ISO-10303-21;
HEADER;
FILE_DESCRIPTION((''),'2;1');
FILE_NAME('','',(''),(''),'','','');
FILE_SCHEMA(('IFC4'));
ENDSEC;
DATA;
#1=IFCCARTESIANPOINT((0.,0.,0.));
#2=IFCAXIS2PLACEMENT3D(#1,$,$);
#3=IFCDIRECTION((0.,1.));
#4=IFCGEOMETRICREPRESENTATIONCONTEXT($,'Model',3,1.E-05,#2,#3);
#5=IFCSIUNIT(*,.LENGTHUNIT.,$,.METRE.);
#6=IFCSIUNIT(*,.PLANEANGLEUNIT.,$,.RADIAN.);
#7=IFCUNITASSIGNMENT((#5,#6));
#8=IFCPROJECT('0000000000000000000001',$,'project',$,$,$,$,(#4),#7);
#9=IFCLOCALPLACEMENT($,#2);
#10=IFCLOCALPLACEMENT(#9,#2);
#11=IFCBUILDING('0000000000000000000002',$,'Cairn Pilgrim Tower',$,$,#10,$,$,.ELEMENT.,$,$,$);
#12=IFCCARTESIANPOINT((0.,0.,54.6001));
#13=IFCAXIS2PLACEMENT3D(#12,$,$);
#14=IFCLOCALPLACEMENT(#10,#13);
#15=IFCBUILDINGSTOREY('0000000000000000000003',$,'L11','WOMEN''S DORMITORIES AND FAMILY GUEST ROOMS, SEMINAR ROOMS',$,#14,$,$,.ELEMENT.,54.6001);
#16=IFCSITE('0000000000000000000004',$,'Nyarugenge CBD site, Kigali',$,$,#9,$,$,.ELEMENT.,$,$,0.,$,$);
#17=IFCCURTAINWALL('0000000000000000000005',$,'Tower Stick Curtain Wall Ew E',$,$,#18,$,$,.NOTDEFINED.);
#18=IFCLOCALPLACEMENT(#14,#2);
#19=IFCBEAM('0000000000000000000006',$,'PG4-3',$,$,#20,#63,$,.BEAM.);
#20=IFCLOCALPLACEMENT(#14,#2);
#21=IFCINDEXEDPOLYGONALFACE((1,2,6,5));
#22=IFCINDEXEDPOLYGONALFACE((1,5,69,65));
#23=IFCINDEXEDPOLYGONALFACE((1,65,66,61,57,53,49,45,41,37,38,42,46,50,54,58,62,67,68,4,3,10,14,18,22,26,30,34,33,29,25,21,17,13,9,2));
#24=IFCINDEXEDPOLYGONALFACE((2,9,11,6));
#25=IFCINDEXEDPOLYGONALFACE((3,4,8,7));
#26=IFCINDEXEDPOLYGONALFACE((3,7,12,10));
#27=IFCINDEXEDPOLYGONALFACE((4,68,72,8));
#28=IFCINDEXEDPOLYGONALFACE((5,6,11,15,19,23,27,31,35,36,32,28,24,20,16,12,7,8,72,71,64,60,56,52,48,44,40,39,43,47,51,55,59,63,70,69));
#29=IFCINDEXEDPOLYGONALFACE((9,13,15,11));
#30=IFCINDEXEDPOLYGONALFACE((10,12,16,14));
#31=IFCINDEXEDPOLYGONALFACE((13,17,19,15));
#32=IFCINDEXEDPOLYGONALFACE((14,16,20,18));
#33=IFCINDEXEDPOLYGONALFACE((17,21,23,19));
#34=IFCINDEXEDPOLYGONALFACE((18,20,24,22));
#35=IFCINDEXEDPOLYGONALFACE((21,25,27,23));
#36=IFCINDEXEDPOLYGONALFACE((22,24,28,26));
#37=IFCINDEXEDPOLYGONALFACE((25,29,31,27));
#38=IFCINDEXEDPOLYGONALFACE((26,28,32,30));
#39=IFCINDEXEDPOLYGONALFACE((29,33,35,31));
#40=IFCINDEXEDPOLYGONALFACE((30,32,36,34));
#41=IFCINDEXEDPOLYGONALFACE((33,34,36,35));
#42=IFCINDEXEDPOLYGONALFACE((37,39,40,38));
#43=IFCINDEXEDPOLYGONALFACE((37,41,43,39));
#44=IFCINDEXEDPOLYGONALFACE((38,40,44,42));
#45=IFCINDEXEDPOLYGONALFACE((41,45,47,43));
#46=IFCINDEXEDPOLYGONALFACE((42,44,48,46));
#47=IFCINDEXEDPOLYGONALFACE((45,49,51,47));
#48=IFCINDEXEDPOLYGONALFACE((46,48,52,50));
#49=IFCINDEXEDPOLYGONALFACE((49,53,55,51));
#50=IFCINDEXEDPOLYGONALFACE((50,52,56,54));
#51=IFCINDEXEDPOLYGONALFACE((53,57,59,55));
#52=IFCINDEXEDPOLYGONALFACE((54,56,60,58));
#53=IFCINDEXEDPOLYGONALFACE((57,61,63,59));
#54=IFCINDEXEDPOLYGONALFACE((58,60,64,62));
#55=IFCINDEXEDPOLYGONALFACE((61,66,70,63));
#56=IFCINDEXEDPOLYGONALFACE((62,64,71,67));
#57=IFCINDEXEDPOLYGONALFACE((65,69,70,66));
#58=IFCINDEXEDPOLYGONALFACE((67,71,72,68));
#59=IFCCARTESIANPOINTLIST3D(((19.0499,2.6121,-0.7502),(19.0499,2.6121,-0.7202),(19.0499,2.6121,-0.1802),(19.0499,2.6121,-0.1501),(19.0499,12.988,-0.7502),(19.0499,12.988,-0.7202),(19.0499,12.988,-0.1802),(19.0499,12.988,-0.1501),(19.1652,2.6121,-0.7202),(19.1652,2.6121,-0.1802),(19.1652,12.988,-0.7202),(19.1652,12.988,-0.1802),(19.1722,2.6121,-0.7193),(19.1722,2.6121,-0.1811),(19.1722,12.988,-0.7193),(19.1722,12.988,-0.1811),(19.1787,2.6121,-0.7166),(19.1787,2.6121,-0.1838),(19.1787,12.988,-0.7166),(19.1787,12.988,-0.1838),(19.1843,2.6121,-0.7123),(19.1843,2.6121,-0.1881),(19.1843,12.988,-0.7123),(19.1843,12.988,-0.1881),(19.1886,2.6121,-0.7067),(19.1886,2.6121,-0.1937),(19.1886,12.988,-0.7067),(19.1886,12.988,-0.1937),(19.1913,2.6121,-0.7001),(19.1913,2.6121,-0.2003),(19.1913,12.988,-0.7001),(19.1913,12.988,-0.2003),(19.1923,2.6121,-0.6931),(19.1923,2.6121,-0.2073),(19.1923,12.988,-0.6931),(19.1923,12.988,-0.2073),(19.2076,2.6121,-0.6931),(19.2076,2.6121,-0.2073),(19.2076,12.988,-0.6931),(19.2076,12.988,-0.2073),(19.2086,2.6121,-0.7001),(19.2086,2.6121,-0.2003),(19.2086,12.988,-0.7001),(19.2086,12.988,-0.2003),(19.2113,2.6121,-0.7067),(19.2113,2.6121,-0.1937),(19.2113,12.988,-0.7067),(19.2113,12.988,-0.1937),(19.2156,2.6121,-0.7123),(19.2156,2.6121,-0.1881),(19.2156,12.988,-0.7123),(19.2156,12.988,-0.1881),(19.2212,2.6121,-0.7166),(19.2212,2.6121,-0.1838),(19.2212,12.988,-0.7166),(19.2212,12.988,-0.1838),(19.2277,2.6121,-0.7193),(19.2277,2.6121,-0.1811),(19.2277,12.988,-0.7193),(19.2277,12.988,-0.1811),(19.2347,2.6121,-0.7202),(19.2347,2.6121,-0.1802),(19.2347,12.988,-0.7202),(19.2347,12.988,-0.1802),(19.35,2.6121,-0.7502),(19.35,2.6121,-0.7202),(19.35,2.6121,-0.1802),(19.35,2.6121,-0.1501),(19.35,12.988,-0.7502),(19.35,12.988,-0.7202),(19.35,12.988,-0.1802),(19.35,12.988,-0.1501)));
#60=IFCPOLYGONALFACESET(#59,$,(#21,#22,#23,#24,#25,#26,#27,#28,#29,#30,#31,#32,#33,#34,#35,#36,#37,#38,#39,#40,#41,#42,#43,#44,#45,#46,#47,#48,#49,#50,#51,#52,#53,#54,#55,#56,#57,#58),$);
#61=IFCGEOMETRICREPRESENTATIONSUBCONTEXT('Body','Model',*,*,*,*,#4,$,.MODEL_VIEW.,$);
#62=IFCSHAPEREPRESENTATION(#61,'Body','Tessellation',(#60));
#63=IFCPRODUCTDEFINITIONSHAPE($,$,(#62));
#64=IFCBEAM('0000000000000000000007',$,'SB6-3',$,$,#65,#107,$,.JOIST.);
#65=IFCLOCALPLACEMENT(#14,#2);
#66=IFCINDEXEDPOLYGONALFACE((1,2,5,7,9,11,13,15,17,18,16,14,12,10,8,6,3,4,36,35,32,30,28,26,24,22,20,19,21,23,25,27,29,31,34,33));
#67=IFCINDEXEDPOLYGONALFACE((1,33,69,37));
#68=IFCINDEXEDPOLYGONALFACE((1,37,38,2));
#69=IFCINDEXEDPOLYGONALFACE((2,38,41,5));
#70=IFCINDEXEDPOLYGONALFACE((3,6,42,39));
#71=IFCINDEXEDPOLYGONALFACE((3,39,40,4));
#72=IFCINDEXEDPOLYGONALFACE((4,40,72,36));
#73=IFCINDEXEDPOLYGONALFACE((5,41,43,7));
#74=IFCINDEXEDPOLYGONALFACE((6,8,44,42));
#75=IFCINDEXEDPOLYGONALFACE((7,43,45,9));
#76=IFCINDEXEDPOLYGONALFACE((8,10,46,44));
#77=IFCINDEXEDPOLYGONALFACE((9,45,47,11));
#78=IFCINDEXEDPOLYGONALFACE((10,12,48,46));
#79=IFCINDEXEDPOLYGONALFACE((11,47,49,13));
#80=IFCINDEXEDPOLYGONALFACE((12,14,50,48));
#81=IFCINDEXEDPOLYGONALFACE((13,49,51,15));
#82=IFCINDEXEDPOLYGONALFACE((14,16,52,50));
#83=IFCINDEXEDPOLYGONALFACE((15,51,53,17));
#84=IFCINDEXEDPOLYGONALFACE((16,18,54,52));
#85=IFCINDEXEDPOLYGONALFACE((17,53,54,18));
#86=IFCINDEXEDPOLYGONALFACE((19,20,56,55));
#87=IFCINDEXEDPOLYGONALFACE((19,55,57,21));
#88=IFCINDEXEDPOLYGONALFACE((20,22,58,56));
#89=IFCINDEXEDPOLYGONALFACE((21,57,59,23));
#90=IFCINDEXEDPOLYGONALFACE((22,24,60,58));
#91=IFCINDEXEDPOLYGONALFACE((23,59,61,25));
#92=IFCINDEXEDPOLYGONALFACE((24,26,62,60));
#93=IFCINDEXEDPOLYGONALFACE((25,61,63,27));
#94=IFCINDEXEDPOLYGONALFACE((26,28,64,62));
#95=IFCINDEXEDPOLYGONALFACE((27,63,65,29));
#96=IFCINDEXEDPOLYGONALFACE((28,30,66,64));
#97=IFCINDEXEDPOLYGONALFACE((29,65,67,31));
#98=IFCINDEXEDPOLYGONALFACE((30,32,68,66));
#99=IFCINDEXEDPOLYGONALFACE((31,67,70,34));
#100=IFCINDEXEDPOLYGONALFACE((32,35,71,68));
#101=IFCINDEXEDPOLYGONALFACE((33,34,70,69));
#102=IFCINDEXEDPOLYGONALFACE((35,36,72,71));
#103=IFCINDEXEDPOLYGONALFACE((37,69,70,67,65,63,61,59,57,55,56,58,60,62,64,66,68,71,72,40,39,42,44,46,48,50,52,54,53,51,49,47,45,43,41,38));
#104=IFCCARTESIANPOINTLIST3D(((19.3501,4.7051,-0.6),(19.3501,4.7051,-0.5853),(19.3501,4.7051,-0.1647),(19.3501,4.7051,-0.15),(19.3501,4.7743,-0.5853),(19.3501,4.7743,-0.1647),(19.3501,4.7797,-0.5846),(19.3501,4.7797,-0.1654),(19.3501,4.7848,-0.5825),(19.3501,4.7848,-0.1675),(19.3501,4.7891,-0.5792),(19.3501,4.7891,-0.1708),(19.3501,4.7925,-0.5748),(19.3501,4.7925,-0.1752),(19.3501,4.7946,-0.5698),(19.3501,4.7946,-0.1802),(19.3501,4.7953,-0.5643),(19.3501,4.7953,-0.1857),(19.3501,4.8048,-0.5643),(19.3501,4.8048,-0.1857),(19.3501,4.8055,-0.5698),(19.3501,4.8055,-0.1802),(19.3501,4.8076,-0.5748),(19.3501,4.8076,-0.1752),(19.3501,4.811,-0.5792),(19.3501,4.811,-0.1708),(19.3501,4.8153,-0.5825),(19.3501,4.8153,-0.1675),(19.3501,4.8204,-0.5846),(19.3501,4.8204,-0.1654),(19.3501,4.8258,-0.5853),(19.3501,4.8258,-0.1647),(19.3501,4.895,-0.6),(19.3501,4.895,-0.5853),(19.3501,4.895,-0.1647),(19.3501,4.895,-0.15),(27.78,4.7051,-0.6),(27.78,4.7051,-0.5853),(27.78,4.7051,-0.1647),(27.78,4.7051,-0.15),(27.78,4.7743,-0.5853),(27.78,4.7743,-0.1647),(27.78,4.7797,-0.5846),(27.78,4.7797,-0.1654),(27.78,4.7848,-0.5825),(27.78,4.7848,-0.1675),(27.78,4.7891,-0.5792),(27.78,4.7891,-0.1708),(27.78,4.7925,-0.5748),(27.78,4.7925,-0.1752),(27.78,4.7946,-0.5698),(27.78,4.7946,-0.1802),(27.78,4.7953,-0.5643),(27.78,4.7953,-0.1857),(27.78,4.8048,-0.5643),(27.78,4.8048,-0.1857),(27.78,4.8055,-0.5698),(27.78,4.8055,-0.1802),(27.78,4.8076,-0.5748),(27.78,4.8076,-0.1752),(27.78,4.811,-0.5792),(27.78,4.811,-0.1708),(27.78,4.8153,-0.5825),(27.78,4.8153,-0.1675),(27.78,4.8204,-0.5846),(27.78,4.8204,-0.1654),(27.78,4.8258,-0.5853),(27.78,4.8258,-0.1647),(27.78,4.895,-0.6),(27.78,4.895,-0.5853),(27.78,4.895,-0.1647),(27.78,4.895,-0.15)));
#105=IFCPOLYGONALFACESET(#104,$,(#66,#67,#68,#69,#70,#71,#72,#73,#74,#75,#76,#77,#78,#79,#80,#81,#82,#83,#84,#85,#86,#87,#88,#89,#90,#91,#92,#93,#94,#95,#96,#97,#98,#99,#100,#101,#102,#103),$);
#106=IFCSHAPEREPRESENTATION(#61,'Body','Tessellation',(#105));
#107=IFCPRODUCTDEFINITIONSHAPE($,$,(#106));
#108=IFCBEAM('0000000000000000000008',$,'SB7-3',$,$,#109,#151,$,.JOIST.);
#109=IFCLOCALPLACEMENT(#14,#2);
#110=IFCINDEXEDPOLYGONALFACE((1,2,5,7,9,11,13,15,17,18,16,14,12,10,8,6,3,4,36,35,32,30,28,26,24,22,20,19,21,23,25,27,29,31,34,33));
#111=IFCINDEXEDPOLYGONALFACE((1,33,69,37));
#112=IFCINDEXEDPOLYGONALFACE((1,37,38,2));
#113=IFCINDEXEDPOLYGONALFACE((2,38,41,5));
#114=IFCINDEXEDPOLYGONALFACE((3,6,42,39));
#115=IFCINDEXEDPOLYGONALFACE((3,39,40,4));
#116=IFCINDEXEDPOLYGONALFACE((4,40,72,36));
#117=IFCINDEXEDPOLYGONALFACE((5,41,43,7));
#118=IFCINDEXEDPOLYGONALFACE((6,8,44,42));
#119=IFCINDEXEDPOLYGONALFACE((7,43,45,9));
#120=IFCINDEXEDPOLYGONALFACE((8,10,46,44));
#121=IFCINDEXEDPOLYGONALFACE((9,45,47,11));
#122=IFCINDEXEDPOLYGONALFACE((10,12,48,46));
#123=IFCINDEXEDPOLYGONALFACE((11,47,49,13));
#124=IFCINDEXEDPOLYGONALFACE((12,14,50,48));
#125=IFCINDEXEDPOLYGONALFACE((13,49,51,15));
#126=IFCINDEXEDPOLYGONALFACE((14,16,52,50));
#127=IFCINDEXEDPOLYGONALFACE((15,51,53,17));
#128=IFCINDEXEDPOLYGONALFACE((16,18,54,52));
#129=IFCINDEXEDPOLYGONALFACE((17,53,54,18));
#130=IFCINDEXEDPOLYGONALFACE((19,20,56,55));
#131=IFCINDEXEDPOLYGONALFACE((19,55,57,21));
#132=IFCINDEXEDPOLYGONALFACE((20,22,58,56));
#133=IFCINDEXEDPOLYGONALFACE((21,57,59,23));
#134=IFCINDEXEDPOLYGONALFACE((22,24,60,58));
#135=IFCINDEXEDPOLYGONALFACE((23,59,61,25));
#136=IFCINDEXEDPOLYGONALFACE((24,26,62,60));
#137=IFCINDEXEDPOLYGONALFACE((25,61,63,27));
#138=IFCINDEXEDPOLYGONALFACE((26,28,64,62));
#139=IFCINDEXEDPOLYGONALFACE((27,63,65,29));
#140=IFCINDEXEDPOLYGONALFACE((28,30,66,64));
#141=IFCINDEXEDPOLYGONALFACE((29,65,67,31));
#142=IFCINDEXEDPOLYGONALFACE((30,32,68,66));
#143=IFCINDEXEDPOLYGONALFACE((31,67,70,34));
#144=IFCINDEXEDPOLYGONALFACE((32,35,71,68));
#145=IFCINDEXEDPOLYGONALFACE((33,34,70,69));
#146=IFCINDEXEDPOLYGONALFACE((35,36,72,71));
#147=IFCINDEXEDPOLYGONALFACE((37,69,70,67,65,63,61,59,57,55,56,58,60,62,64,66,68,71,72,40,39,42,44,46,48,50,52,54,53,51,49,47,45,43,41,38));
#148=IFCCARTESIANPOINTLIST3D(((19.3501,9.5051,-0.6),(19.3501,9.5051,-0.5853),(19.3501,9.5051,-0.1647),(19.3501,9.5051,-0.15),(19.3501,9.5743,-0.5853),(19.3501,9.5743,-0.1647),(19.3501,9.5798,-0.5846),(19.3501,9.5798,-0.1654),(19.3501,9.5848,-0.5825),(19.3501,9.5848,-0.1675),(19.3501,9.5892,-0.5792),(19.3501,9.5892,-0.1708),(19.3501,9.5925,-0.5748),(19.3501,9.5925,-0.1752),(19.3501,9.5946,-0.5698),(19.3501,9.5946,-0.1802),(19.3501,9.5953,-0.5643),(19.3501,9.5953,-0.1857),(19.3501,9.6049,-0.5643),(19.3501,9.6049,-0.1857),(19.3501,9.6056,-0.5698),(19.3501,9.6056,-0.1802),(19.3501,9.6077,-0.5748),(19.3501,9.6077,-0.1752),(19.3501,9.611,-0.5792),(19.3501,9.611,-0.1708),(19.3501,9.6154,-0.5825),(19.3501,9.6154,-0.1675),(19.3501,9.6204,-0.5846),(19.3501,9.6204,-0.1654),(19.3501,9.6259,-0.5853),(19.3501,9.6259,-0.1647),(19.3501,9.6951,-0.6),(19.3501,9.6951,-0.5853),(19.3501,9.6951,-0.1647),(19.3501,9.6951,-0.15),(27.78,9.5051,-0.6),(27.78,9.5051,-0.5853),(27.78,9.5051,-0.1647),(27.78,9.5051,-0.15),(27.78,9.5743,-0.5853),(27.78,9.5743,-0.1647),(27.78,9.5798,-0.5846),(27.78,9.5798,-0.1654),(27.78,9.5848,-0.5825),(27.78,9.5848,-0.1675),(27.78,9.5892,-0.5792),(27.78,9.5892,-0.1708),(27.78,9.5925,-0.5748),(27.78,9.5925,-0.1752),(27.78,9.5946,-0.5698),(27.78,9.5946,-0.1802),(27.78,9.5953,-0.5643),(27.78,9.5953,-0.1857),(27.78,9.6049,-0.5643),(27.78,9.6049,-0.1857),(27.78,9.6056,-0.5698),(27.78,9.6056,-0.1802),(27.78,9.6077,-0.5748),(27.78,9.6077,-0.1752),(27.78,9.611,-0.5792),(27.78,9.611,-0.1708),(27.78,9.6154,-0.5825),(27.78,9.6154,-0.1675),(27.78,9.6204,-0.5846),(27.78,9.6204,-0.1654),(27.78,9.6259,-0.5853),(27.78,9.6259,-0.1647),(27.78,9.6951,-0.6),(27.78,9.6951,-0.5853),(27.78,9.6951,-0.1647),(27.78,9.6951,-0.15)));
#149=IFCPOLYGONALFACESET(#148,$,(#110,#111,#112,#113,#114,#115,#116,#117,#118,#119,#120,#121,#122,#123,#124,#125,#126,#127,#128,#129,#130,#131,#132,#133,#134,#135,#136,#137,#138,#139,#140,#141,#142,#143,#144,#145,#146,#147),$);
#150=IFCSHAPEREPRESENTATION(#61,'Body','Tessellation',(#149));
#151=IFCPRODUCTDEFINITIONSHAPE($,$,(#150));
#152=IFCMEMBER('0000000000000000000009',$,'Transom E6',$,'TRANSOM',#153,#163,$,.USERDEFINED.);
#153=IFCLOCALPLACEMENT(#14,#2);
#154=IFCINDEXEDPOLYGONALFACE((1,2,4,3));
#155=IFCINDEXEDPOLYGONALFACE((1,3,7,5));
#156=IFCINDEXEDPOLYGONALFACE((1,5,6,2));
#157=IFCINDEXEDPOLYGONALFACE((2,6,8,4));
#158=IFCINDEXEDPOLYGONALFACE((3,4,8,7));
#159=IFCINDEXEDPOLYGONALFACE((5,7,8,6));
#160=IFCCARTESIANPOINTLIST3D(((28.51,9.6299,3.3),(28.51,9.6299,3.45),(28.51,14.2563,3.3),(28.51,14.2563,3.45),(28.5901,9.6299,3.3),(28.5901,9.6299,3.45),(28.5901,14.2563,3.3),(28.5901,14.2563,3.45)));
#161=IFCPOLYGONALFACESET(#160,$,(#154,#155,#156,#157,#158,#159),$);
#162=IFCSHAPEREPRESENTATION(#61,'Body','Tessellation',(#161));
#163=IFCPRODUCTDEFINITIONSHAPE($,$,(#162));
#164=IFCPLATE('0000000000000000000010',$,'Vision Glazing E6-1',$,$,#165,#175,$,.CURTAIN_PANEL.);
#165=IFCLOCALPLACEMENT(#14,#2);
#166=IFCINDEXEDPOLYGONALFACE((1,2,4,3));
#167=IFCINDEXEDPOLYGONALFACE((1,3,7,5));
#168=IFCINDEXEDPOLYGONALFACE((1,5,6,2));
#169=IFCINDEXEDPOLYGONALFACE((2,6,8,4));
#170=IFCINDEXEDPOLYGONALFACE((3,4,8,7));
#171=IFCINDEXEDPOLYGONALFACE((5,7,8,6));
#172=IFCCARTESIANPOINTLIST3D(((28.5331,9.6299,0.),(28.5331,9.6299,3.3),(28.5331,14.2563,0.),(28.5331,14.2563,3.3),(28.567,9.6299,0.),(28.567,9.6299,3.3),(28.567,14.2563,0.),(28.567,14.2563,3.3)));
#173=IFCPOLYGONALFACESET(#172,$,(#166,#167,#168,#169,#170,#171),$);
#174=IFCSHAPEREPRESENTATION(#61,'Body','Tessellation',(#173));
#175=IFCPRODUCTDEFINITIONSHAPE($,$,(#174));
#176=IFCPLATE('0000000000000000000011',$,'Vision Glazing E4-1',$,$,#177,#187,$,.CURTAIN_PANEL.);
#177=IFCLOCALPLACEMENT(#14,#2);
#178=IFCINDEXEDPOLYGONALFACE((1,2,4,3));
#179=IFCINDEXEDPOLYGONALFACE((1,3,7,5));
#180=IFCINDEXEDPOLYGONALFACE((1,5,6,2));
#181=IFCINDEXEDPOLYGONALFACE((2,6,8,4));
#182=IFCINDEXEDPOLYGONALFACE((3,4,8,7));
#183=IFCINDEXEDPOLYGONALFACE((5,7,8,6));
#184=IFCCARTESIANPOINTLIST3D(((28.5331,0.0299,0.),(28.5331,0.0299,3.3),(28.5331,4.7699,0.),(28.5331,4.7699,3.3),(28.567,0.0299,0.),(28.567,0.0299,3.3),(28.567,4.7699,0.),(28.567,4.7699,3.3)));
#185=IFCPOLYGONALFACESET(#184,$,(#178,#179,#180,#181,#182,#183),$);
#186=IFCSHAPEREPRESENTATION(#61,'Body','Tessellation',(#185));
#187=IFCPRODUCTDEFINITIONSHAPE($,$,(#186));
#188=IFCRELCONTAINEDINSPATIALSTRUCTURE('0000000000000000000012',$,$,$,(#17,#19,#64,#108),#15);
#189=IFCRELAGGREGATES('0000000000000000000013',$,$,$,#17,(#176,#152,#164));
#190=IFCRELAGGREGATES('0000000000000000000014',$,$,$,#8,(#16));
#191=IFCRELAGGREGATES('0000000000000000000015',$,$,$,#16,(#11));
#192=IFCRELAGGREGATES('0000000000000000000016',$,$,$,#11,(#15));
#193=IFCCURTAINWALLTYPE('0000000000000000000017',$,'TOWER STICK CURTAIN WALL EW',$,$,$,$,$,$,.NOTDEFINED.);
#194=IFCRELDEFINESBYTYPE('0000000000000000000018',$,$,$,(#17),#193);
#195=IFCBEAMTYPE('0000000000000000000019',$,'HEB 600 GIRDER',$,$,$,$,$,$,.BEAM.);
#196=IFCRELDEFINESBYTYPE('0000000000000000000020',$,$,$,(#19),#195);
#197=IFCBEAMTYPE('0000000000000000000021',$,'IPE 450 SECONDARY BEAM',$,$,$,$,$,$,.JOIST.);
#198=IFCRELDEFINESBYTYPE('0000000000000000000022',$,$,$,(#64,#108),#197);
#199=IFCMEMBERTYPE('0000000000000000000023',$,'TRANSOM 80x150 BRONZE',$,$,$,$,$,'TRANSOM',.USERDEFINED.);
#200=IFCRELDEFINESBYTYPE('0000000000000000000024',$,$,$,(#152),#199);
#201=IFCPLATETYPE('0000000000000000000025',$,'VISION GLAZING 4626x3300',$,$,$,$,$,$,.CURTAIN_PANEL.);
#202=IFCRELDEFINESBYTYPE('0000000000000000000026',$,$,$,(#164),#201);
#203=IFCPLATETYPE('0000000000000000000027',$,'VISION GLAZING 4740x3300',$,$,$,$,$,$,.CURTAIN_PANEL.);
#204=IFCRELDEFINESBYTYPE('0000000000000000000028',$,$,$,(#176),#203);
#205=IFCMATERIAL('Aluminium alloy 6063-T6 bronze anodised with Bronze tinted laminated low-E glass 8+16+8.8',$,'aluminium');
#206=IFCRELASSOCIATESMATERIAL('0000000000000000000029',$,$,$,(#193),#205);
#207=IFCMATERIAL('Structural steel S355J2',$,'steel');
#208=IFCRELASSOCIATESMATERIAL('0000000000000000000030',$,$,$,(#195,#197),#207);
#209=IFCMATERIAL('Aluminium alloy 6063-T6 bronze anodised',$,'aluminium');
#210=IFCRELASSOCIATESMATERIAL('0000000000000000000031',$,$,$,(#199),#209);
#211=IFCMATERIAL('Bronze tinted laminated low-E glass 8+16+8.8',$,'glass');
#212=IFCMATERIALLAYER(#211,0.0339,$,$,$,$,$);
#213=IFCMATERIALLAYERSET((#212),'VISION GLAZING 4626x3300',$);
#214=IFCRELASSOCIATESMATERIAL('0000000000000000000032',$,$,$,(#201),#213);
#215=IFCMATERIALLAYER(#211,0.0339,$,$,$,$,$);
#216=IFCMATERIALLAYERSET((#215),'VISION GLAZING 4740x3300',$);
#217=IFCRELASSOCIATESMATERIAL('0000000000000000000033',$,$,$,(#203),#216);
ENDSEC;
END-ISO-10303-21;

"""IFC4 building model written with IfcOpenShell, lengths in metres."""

from ifc_helpers import new_model, si_unit, direction, frame, origin, origin_2d, place, context, subcontext, project, spatial, rectangle, i_section, extrude, material, layer, layer_set, material_profile, profile_set, type_object, element, aggregate, save


model = new_model("IFC4")

# Units and contexts
model_context = context("Model", 3, precision=1e-05, world=origin(), true_north=direction((0.0, 1.0)))
body_context = subcontext(model_context, "Body", "Model", "MODEL_VIEW")
ifc_project = project(units=[si_unit("LENGTHUNIT", "METRE"), si_unit("PLANEANGLEUNIT", "RADIAN")], contexts=[model_context])

# Site, building, storey
site_placement = place(None, origin())
site = spatial("IfcSite", under=ifc_project, at=site_placement, Name="Nyarugenge CBD site, Kigali", CompositionType="ELEMENT", RefElevation=0.0)
building_placement = place(site_placement, origin())
building = spatial("IfcBuilding", under=site, at=building_placement, Name="Cairn Pilgrim Tower", CompositionType="ELEMENT")
storey_placement = place(building_placement, frame((0.0, 0.0, 54.6001)))
storey = spatial("IfcBuildingStorey", under=building, at=storey_placement, Name="L11", Description="WOMEN'S DORMITORIES AND FAMILY GUEST ROOMS, SEMINAR ROOMS", CompositionType="ELEMENT", Elevation=54.6001)

# Curtain wall
ifc_material_1 = material(Name="Aluminium alloy 6063-T6 bronze anodised with Bronze tinted laminated low-E glass 8+16+8.8", Category="aluminium")
curtain_wall_type = type_object("IfcCurtainWallType", Name="TOWER STICK CURTAIN WALL EW", PredefinedType="NOTDEFINED", material=ifc_material_1)
curtain_wall_placement = place(storey_placement, origin())
curtain_wall = element("IfcCurtainWall", 1, at=curtain_wall_placement, inside=storey, type_object=curtain_wall_type, Name="Tower Stick Curtain Wall Ew E", PredefinedType="NOTDEFINED")
ifc_material_2 = material(Name="Aluminium alloy 6063-T6 bronze anodised", Category="aluminium")

# Beams
ifc_material_3 = material(Name="Structural steel S355J2", Category="steel")
ifc_material_profile_1 = material_profile(ifc_material_3, i_section(OverallWidth=0.3, OverallDepth=0.6001, WebThickness=0.0154, FlangeThickness=0.03, FilletRadius=0.0271, at=origin_2d()), Name="HEB 600")
ifc_profile_set_1 = profile_set([ifc_material_profile_1], Name="Structural steel S355J2")
beam_type_1 = type_object("IfcBeamType", Name="HEB 600 GIRDER", PredefinedType="BEAM", material=ifc_profile_set_1)
beam_1_placement = place(storey_placement, frame((19.2, 2.6121, -0.4502), z_axis=(0.0, 1.0, 0.0), x_axis=(-1.0, 0.0, 0.0)))
element("IfcBeam", 2, at=beam_1_placement, inside=storey, type_object=beam_type_1, Name="PG4-3", PredefinedType="BEAM", context=body_context, shape_type="SweptSolid", body=[
    extrude(i_section(OverallWidth=0.3, OverallDepth=0.6001, WebThickness=0.0154, FlangeThickness=0.03, FilletRadius=0.0271, at=origin_2d()), origin(), (0.0, 0.0, 1.0), 10.376),
])
ifc_material_profile_2 = material_profile(ifc_material_3, i_section(OverallWidth=0.1899, OverallDepth=0.45, WebThickness=0.0095, FlangeThickness=0.0146, FilletRadius=0.021, at=origin_2d()), Name="IPE 450")
ifc_profile_set_2 = profile_set([ifc_material_profile_2], Name="Structural steel S355J2")
beam_type_2 = type_object("IfcBeamType", Name="IPE 450 SECONDARY BEAM", PredefinedType="JOIST", material=ifc_profile_set_2)
for number, where, z_axis, x_axis, name in (
    (3, (19.3501, 4.8, -0.375), (1.0, 0.0, 0.0), (0.0, 1.0, 0.0), "SB6-3"),
    (4, (19.3501, 9.6001, -0.375), (1.0, 0.0, 0.0), (0.0, 1.0, 0.0), "SB7-3"),
):
    element("IfcBeam", number, at=place(storey_placement, frame(where, z_axis=z_axis, x_axis=x_axis)), inside=storey, type_object=beam_type_2, Name=name, PredefinedType="JOIST", context=body_context, shape_type="SweptSolid", body=[
        extrude(i_section(OverallWidth=0.1899, OverallDepth=0.45, WebThickness=0.0095, FlangeThickness=0.0146, FilletRadius=0.021, at=origin_2d()), origin(), (0.0, 0.0, 1.0), 8.4299),
    ])

# Member
ifc_material_profile_3 = material_profile(ifc_material_2, rectangle(XDim=0.0801, YDim=0.1499, at=origin_2d()), Name="TRANSOM 80x150 BRONZE")
ifc_profile_set_3 = profile_set([ifc_material_profile_3], Name="Aluminium alloy 6063-T6 bronze anodised")
member_type_1 = type_object("IfcMemberType", Name="TRANSOM 80x150 BRONZE", ElementType="TRANSOM", PredefinedType="USERDEFINED", material=ifc_profile_set_3)
member_1_placement = place(storey_placement, frame((28.55, 9.6299, 3.375), z_axis=(0.0, 1.0, 0.0), x_axis=(-1.0, 0.0, 0.0)))
member_1 = element("IfcMember", 5, at=member_1_placement, type_object=member_type_1, Name="Transom E6", ObjectType="TRANSOM", PredefinedType="USERDEFINED", context=body_context, shape_type="SweptSolid", body=[
    extrude(rectangle(XDim=0.0801, YDim=0.1499, at=origin_2d()), origin(), (0.0, 0.0, 1.0), 4.6265),
])

# Plates
ifc_material_4 = material(Name="Bronze tinted laminated low-E glass 8+16+8.8", Category="glass")
ifc_layer_1 = layer(ifc_material_4, 0.0339)
ifc_layer_set_1 = layer_set([ifc_layer_1], Name="VISION GLAZING 4626x3300")
plate_type_1 = type_object("IfcPlateType", Name="VISION GLAZING 4626x3300", PredefinedType="CURTAIN_PANEL", material=ifc_layer_set_1)
plate_1_placement = place(storey_placement, frame((28.55, 11.9431, 0.0), z_axis=(0.0, 0.0, 1.0), x_axis=(0.0, 1.0, 0.0)))
plate_1 = element("IfcPlate", 6, at=plate_1_placement, type_object=plate_type_1, Name="Vision Glazing E6-1", PredefinedType="CURTAIN_PANEL", context=body_context, shape_type="SweptSolid", body=[
    extrude(rectangle(XDim=4.6265, YDim=0.0339, at=origin_2d()), origin(), (0.0, 0.0, 1.0), 3.3),
])
ifc_layer_2 = layer(ifc_material_4, 0.0339)
ifc_layer_set_2 = layer_set([ifc_layer_2], Name="VISION GLAZING 4740x3300")
plate_type_2 = type_object("IfcPlateType", Name="VISION GLAZING 4740x3300", PredefinedType="CURTAIN_PANEL", material=ifc_layer_set_2)
plate_2_placement = place(storey_placement, frame((28.55, 2.3999, 0.0), z_axis=(0.0, 0.0, 1.0), x_axis=(0.0, 1.0, 0.0)))
plate_2 = element("IfcPlate", 7, at=plate_2_placement, type_object=plate_type_2, Name="Vision Glazing E4-1", PredefinedType="CURTAIN_PANEL", context=body_context, shape_type="SweptSolid", body=[
    extrude(rectangle(XDim=4.74, YDim=0.0339, at=origin_2d()), origin(), (0.0, 0.0, 1.0), 3.3),
])
aggregate(curtain_wall, [plate_2, member_1, plate_1])

save(model, "model.ifc")
